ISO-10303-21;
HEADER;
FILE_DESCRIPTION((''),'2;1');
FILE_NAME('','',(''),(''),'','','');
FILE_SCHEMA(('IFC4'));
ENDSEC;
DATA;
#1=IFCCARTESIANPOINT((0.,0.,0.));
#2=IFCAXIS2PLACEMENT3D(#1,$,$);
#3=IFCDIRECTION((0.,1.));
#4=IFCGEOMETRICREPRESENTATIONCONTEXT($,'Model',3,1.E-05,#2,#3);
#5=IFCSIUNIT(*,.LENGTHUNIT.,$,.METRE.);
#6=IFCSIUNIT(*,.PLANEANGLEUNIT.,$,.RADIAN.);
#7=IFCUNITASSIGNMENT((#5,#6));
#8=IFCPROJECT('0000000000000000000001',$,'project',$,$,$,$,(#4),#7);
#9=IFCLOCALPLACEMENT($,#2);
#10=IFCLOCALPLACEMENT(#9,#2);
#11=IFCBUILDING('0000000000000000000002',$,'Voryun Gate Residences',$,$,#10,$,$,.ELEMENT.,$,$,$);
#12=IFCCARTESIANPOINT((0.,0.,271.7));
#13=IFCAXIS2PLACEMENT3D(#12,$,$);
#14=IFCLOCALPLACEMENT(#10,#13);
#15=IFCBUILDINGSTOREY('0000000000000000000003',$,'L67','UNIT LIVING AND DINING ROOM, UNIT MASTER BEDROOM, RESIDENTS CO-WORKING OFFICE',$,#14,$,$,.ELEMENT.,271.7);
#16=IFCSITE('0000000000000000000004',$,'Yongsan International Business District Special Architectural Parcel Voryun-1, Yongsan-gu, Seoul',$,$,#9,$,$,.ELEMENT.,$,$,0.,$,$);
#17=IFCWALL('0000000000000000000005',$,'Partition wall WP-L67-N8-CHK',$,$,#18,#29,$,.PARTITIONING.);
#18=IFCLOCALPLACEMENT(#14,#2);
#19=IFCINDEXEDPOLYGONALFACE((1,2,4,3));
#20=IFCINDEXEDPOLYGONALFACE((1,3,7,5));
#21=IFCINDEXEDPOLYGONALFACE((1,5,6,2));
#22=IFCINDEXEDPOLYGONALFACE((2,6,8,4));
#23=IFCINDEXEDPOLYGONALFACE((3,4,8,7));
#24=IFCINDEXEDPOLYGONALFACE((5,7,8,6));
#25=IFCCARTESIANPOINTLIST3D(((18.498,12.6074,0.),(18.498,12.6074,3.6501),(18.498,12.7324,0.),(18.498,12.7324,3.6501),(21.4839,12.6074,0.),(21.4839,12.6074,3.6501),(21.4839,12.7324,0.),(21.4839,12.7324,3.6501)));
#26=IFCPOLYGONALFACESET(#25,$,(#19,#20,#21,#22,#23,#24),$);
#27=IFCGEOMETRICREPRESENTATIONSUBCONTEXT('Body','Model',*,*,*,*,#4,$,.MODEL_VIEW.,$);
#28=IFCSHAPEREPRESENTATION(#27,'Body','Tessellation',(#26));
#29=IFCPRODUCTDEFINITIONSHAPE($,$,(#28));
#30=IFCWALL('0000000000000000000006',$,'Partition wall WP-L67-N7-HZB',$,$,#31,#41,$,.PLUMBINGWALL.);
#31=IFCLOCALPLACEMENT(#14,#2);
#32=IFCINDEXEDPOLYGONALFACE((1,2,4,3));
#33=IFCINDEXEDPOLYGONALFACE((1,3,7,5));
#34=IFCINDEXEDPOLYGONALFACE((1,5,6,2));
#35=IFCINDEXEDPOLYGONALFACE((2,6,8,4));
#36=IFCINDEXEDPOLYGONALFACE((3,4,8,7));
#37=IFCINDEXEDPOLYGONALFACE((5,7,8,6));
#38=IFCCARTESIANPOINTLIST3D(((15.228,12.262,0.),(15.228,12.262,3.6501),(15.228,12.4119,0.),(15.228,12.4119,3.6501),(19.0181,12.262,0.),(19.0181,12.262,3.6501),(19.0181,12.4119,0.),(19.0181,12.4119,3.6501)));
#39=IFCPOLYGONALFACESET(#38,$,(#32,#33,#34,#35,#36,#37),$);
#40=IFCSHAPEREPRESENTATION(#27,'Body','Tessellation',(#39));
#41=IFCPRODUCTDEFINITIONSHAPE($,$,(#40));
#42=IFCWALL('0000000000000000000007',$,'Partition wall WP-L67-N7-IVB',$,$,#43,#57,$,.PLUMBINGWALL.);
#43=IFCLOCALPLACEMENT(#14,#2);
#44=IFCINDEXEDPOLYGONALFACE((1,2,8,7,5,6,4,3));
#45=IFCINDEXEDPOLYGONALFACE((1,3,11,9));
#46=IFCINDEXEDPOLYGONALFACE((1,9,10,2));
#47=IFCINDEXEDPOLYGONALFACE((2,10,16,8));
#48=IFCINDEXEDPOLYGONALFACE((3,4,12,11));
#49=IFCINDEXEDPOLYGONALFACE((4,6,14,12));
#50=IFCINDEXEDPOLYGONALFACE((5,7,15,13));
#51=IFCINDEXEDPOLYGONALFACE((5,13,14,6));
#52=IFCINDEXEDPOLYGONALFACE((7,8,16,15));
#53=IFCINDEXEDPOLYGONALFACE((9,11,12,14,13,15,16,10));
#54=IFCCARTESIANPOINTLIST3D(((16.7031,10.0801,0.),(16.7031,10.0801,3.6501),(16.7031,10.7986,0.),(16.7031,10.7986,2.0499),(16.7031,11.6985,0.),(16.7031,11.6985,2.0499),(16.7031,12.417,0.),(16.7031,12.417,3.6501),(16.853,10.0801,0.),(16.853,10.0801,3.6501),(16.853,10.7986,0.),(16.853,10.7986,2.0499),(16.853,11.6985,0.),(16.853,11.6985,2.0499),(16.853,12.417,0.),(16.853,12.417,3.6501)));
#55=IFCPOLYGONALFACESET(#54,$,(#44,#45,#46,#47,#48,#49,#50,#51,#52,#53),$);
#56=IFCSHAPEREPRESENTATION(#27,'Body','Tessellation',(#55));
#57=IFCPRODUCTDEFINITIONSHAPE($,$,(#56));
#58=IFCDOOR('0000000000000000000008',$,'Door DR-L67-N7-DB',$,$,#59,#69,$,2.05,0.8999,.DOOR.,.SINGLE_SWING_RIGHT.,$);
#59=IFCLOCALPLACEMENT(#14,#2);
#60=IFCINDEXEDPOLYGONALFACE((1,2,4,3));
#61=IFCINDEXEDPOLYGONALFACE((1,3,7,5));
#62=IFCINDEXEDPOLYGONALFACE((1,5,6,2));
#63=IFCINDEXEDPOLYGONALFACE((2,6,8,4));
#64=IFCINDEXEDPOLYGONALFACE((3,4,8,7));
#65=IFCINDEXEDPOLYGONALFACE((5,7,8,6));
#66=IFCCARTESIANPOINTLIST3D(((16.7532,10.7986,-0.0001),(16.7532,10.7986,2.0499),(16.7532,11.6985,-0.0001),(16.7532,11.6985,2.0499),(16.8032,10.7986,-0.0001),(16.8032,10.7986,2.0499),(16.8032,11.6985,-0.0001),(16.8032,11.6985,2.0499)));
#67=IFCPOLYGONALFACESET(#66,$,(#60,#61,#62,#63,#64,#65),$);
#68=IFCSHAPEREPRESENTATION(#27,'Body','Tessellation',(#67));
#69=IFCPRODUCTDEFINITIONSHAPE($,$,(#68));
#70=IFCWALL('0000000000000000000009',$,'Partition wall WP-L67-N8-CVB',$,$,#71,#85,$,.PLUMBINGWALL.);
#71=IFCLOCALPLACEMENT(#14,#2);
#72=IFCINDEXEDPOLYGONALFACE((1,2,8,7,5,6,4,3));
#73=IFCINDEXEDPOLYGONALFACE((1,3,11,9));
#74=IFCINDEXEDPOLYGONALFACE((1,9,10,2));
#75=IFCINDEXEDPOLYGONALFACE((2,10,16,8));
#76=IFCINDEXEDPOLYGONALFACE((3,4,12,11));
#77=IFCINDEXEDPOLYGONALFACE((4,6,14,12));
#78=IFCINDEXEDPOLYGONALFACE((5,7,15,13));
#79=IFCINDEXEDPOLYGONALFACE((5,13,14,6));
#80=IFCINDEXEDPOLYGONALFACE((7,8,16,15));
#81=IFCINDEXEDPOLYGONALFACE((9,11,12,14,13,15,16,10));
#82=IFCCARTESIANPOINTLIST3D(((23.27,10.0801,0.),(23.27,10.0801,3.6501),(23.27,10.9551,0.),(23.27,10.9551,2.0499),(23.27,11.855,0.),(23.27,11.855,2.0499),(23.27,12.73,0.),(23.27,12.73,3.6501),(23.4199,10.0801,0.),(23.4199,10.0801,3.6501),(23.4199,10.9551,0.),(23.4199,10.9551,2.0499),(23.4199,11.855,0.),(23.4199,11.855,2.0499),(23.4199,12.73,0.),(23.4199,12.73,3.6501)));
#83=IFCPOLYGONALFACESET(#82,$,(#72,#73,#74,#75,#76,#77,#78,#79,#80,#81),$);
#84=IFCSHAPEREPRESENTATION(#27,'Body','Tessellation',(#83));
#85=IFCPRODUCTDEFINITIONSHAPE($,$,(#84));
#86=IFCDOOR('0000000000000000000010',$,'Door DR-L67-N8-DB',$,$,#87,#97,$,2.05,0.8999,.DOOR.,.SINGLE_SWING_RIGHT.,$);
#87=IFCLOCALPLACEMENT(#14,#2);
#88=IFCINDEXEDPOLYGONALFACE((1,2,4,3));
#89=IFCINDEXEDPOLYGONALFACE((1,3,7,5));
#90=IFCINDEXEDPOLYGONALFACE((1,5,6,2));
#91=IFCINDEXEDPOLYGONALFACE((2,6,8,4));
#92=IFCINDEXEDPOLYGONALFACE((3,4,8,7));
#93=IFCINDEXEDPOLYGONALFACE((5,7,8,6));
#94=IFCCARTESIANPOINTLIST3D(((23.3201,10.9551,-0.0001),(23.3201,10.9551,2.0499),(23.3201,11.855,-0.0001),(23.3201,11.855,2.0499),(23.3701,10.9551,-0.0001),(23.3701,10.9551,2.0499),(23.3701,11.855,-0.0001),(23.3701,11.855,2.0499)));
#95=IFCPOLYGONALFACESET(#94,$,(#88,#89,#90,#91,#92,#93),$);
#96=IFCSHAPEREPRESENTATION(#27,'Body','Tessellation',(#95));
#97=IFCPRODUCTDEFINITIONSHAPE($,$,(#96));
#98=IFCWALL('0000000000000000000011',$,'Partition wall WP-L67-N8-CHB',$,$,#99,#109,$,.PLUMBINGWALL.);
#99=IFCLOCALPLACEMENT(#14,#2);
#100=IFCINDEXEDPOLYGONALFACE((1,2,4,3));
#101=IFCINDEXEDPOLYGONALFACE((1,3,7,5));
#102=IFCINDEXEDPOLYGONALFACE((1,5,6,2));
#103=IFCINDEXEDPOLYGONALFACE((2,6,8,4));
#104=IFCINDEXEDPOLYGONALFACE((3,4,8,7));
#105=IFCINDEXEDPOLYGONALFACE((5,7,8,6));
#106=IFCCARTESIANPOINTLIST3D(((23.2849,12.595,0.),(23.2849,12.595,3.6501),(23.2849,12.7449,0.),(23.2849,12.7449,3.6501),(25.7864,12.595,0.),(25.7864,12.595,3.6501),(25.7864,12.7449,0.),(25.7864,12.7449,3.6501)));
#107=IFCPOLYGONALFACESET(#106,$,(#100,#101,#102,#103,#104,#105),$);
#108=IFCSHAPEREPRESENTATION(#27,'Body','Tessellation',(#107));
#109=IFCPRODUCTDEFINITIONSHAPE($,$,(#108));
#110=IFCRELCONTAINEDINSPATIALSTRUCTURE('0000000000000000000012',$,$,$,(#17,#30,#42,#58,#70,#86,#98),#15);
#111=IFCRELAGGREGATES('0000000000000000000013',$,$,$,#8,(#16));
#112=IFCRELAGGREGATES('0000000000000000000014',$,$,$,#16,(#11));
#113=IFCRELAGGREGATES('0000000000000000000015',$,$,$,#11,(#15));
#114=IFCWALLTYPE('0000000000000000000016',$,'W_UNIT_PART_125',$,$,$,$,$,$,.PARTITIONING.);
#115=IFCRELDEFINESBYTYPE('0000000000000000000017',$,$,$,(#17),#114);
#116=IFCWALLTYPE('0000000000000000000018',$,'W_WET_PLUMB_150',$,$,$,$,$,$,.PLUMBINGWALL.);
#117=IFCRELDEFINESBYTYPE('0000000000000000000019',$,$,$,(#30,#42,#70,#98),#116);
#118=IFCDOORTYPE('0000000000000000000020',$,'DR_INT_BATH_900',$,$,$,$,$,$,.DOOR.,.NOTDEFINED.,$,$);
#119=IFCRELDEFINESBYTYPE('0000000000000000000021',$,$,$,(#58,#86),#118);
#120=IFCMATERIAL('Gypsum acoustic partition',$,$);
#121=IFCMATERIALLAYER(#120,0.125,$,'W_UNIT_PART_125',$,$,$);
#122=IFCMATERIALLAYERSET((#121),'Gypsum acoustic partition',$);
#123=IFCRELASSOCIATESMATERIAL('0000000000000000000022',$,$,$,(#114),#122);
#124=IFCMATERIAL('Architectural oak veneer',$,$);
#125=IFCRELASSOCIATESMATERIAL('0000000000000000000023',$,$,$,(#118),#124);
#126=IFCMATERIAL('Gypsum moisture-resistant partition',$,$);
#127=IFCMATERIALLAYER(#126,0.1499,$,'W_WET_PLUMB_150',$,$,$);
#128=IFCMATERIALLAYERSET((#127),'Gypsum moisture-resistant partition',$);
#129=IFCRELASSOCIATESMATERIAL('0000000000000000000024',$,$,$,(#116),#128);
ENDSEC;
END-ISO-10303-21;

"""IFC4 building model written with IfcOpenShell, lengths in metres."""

from ifc_helpers import new_model, si_unit, direction, frame, frame_2d, origin, place, context, subcontext, project, spatial, rectangle, extrude, material, layer, layer_set, type_object, element, fill, save


model = new_model("IFC4")

# Units and contexts
model_context = context("Model", 3, precision=1e-05, world=origin(), true_north=direction((0.0, 1.0)))
body_context = subcontext(model_context, "Body", "Model", "MODEL_VIEW")
ifc_project = project(units=[si_unit("LENGTHUNIT", "METRE"), si_unit("PLANEANGLEUNIT", "RADIAN")], contexts=[model_context])

# Site, building, storey
site_placement = place(None, origin())
site = spatial("IfcSite", under=ifc_project, at=site_placement, Name="Yongsan International Business District Special Architectural Parcel Voryun-1, Yongsan-gu, Seoul", CompositionType="ELEMENT", RefElevation=0.0)
building_placement = place(site_placement, origin())
building = spatial("IfcBuilding", under=site, at=building_placement, Name="Voryun Gate Residences", CompositionType="ELEMENT")
storey_placement = place(building_placement, frame((0.0, 0.0, 271.7)))
storey = spatial("IfcBuildingStorey", under=building, at=storey_placement, Name="L67", Description="UNIT LIVING AND DINING ROOM, UNIT MASTER BEDROOM, RESIDENTS CO-WORKING OFFICE", CompositionType="ELEMENT", Elevation=271.7)

# Shared definitions
ifc_material_1 = material(Name="Gypsum acoustic partition")
ifc_layer_1 = layer(ifc_material_1, 0.125, Name="W_UNIT_PART_125")
ifc_layer_set_1 = layer_set([ifc_layer_1], Name="Gypsum acoustic partition")
wall_type_1 = type_object("IfcWallType", Name="W_UNIT_PART_125", PredefinedType="PARTITIONING", material=ifc_layer_set_1)
ifc_material_2 = material(Name="Architectural oak veneer")
door_type = type_object("IfcDoorType", Name="DR_INT_BATH_900", OperationType="NOTDEFINED", PredefinedType="DOOR", material=ifc_material_2)

# Walls
wall_1_placement = place(storey_placement, frame((18.498, 12.6699, 0.0), z_axis=(0.0, 0.0, 1.0), x_axis=(1.0, 0.0, 0.0)))
element("IfcWall", 1, at=wall_1_placement, inside=storey, type_object=wall_type_1, Name="Partition wall WP-L67-N8-CHK", PredefinedType="PARTITIONING", context=body_context, shape_type="SweptSolid", body=[
    extrude(rectangle(XDim=2.9858, YDim=0.125, at=frame_2d((1.4929, 0.0))), origin(), (0.0, 0.0, 1.0), 3.6501),
])
ifc_material_3 = material(Name="Gypsum moisture-resistant partition")
ifc_layer_2 = layer(ifc_material_3, 0.1499, Name="W_WET_PLUMB_150")
ifc_layer_set_2 = layer_set([ifc_layer_2], Name="Gypsum moisture-resistant partition")
wall_type_2 = type_object("IfcWallType", Name="W_WET_PLUMB_150", PredefinedType="PLUMBINGWALL", material=ifc_layer_set_2)
wall_2_placement = place(storey_placement, frame((15.228, 12.3369, 0.0), z_axis=(0.0, 0.0, 1.0), x_axis=(1.0, 0.0, 0.0)))
element("IfcWall", 2, at=wall_2_placement, inside=storey, type_object=wall_type_2, Name="Partition wall WP-L67-N7-HZB", PredefinedType="PLUMBINGWALL", context=body_context, shape_type="SweptSolid", body=[
    extrude(rectangle(XDim=3.79, YDim=0.1499, at=frame_2d((1.895, 0.0))), origin(), (0.0, 0.0, 1.0), 3.6501),
])

# Walls, openings, doors
wall_3_placement = place(storey_placement, frame((16.7781, 10.0801, 0.0), z_axis=(0.0, 0.0, 1.0), x_axis=(0.0, 1.0, 0.0)))
wall_3 = element("IfcWall", 3, at=wall_3_placement, inside=storey, type_object=wall_type_2, Name="Partition wall WP-L67-N7-IVB", PredefinedType="PLUMBINGWALL", context=body_context, shape_type="SweptSolid", body=[
    extrude(rectangle(XDim=2.3369, YDim=0.1499, at=frame_2d((1.1685, 0.0))), origin(), (0.0, 0.0, 1.0), 3.6501),
])
opening_1_placement = place(wall_3_placement, frame((0.7185, 0.0, 0.0)))
opening_1 = element("IfcOpeningElement", 4, at=opening_1_placement, cuts=wall_3, PredefinedType="OPENING", context=body_context, shape_type="SweptSolid", body=[
    extrude(rectangle(XDim=0.8999, YDim=2.05, at=frame_2d((0.45, 1.0249))), frame((0.0, 0.085, 0.0), z_axis=(0.0, -1.0, 0.0), x_axis=(1.0, 0.0, 0.0)), (0.0, 0.0, 1.0), 0.1699),
])
door_1_placement = place(opening_1_placement, origin())
door_1 = element("IfcDoor", 5, at=door_1_placement, inside=storey, type_object=door_type, Name="Door DR-L67-N7-DB", OperationType="SINGLE_SWING_RIGHT", OverallHeight=2.05, OverallWidth=0.8999, PredefinedType="DOOR", context=body_context, shape_type="SweptSolid", body=[
    extrude(rectangle(XDim=0.8999, YDim=2.05, at=frame_2d((0.45, 1.0249))), frame((0.0, 0.0249, 0.0), z_axis=(0.0, -1.0, 0.0), x_axis=(1.0, 0.0, 0.0)), (0.0, 0.0, 1.0), 0.05),
])
fill(opening_1, door_1)
wall_4_placement = place(storey_placement, frame((23.345, 10.0801, 0.0), z_axis=(0.0, 0.0, 1.0), x_axis=(0.0, 1.0, 0.0)))
wall_4 = element("IfcWall", 6, at=wall_4_placement, inside=storey, type_object=wall_type_2, Name="Partition wall WP-L67-N8-CVB", PredefinedType="PLUMBINGWALL", context=body_context, shape_type="SweptSolid", body=[
    extrude(rectangle(XDim=2.6499, YDim=0.1499, at=frame_2d((1.325, 0.0))), origin(), (0.0, 0.0, 1.0), 3.6501),
])
opening_2_placement = place(wall_4_placement, frame((0.875, 0.0, 0.0)))
opening_2 = element("IfcOpeningElement", 7, at=opening_2_placement, cuts=wall_4, PredefinedType="OPENING", context=body_context, shape_type="SweptSolid", body=[
    extrude(rectangle(XDim=0.8999, YDim=2.05, at=frame_2d((0.45, 1.0249))), frame((0.0, 0.085, 0.0), z_axis=(0.0, -1.0, 0.0), x_axis=(1.0, 0.0, 0.0)), (0.0, 0.0, 1.0), 0.1699),
])
door_2_placement = place(opening_2_placement, origin())
door_2 = element("IfcDoor", 8, at=door_2_placement, inside=storey, type_object=door_type, Name="Door DR-L67-N8-DB", OperationType="SINGLE_SWING_RIGHT", OverallHeight=2.05, OverallWidth=0.8999, PredefinedType="DOOR", context=body_context, shape_type="SweptSolid", body=[
    extrude(rectangle(XDim=0.8999, YDim=2.05, at=frame_2d((0.45, 1.0249))), frame((0.0, 0.0249, 0.0), z_axis=(0.0, -1.0, 0.0), x_axis=(1.0, 0.0, 0.0)), (0.0, 0.0, 1.0), 0.05),
])
fill(opening_2, door_2)

# Wall
wall_5_placement = place(storey_placement, frame((23.2849, 12.6699, 0.0), z_axis=(0.0, 0.0, 1.0), x_axis=(1.0, 0.0, 0.0)))
element("IfcWall", 9, at=wall_5_placement, inside=storey, type_object=wall_type_2, Name="Partition wall WP-L67-N8-CHB", PredefinedType="PLUMBINGWALL", context=body_context, shape_type="SweptSolid", body=[
    extrude(rectangle(XDim=2.5015, YDim=0.1499, at=frame_2d((1.2507, 0.0))), origin(), (0.0, 0.0, 1.0), 3.6501),
])

save(model, "model.ifc")
